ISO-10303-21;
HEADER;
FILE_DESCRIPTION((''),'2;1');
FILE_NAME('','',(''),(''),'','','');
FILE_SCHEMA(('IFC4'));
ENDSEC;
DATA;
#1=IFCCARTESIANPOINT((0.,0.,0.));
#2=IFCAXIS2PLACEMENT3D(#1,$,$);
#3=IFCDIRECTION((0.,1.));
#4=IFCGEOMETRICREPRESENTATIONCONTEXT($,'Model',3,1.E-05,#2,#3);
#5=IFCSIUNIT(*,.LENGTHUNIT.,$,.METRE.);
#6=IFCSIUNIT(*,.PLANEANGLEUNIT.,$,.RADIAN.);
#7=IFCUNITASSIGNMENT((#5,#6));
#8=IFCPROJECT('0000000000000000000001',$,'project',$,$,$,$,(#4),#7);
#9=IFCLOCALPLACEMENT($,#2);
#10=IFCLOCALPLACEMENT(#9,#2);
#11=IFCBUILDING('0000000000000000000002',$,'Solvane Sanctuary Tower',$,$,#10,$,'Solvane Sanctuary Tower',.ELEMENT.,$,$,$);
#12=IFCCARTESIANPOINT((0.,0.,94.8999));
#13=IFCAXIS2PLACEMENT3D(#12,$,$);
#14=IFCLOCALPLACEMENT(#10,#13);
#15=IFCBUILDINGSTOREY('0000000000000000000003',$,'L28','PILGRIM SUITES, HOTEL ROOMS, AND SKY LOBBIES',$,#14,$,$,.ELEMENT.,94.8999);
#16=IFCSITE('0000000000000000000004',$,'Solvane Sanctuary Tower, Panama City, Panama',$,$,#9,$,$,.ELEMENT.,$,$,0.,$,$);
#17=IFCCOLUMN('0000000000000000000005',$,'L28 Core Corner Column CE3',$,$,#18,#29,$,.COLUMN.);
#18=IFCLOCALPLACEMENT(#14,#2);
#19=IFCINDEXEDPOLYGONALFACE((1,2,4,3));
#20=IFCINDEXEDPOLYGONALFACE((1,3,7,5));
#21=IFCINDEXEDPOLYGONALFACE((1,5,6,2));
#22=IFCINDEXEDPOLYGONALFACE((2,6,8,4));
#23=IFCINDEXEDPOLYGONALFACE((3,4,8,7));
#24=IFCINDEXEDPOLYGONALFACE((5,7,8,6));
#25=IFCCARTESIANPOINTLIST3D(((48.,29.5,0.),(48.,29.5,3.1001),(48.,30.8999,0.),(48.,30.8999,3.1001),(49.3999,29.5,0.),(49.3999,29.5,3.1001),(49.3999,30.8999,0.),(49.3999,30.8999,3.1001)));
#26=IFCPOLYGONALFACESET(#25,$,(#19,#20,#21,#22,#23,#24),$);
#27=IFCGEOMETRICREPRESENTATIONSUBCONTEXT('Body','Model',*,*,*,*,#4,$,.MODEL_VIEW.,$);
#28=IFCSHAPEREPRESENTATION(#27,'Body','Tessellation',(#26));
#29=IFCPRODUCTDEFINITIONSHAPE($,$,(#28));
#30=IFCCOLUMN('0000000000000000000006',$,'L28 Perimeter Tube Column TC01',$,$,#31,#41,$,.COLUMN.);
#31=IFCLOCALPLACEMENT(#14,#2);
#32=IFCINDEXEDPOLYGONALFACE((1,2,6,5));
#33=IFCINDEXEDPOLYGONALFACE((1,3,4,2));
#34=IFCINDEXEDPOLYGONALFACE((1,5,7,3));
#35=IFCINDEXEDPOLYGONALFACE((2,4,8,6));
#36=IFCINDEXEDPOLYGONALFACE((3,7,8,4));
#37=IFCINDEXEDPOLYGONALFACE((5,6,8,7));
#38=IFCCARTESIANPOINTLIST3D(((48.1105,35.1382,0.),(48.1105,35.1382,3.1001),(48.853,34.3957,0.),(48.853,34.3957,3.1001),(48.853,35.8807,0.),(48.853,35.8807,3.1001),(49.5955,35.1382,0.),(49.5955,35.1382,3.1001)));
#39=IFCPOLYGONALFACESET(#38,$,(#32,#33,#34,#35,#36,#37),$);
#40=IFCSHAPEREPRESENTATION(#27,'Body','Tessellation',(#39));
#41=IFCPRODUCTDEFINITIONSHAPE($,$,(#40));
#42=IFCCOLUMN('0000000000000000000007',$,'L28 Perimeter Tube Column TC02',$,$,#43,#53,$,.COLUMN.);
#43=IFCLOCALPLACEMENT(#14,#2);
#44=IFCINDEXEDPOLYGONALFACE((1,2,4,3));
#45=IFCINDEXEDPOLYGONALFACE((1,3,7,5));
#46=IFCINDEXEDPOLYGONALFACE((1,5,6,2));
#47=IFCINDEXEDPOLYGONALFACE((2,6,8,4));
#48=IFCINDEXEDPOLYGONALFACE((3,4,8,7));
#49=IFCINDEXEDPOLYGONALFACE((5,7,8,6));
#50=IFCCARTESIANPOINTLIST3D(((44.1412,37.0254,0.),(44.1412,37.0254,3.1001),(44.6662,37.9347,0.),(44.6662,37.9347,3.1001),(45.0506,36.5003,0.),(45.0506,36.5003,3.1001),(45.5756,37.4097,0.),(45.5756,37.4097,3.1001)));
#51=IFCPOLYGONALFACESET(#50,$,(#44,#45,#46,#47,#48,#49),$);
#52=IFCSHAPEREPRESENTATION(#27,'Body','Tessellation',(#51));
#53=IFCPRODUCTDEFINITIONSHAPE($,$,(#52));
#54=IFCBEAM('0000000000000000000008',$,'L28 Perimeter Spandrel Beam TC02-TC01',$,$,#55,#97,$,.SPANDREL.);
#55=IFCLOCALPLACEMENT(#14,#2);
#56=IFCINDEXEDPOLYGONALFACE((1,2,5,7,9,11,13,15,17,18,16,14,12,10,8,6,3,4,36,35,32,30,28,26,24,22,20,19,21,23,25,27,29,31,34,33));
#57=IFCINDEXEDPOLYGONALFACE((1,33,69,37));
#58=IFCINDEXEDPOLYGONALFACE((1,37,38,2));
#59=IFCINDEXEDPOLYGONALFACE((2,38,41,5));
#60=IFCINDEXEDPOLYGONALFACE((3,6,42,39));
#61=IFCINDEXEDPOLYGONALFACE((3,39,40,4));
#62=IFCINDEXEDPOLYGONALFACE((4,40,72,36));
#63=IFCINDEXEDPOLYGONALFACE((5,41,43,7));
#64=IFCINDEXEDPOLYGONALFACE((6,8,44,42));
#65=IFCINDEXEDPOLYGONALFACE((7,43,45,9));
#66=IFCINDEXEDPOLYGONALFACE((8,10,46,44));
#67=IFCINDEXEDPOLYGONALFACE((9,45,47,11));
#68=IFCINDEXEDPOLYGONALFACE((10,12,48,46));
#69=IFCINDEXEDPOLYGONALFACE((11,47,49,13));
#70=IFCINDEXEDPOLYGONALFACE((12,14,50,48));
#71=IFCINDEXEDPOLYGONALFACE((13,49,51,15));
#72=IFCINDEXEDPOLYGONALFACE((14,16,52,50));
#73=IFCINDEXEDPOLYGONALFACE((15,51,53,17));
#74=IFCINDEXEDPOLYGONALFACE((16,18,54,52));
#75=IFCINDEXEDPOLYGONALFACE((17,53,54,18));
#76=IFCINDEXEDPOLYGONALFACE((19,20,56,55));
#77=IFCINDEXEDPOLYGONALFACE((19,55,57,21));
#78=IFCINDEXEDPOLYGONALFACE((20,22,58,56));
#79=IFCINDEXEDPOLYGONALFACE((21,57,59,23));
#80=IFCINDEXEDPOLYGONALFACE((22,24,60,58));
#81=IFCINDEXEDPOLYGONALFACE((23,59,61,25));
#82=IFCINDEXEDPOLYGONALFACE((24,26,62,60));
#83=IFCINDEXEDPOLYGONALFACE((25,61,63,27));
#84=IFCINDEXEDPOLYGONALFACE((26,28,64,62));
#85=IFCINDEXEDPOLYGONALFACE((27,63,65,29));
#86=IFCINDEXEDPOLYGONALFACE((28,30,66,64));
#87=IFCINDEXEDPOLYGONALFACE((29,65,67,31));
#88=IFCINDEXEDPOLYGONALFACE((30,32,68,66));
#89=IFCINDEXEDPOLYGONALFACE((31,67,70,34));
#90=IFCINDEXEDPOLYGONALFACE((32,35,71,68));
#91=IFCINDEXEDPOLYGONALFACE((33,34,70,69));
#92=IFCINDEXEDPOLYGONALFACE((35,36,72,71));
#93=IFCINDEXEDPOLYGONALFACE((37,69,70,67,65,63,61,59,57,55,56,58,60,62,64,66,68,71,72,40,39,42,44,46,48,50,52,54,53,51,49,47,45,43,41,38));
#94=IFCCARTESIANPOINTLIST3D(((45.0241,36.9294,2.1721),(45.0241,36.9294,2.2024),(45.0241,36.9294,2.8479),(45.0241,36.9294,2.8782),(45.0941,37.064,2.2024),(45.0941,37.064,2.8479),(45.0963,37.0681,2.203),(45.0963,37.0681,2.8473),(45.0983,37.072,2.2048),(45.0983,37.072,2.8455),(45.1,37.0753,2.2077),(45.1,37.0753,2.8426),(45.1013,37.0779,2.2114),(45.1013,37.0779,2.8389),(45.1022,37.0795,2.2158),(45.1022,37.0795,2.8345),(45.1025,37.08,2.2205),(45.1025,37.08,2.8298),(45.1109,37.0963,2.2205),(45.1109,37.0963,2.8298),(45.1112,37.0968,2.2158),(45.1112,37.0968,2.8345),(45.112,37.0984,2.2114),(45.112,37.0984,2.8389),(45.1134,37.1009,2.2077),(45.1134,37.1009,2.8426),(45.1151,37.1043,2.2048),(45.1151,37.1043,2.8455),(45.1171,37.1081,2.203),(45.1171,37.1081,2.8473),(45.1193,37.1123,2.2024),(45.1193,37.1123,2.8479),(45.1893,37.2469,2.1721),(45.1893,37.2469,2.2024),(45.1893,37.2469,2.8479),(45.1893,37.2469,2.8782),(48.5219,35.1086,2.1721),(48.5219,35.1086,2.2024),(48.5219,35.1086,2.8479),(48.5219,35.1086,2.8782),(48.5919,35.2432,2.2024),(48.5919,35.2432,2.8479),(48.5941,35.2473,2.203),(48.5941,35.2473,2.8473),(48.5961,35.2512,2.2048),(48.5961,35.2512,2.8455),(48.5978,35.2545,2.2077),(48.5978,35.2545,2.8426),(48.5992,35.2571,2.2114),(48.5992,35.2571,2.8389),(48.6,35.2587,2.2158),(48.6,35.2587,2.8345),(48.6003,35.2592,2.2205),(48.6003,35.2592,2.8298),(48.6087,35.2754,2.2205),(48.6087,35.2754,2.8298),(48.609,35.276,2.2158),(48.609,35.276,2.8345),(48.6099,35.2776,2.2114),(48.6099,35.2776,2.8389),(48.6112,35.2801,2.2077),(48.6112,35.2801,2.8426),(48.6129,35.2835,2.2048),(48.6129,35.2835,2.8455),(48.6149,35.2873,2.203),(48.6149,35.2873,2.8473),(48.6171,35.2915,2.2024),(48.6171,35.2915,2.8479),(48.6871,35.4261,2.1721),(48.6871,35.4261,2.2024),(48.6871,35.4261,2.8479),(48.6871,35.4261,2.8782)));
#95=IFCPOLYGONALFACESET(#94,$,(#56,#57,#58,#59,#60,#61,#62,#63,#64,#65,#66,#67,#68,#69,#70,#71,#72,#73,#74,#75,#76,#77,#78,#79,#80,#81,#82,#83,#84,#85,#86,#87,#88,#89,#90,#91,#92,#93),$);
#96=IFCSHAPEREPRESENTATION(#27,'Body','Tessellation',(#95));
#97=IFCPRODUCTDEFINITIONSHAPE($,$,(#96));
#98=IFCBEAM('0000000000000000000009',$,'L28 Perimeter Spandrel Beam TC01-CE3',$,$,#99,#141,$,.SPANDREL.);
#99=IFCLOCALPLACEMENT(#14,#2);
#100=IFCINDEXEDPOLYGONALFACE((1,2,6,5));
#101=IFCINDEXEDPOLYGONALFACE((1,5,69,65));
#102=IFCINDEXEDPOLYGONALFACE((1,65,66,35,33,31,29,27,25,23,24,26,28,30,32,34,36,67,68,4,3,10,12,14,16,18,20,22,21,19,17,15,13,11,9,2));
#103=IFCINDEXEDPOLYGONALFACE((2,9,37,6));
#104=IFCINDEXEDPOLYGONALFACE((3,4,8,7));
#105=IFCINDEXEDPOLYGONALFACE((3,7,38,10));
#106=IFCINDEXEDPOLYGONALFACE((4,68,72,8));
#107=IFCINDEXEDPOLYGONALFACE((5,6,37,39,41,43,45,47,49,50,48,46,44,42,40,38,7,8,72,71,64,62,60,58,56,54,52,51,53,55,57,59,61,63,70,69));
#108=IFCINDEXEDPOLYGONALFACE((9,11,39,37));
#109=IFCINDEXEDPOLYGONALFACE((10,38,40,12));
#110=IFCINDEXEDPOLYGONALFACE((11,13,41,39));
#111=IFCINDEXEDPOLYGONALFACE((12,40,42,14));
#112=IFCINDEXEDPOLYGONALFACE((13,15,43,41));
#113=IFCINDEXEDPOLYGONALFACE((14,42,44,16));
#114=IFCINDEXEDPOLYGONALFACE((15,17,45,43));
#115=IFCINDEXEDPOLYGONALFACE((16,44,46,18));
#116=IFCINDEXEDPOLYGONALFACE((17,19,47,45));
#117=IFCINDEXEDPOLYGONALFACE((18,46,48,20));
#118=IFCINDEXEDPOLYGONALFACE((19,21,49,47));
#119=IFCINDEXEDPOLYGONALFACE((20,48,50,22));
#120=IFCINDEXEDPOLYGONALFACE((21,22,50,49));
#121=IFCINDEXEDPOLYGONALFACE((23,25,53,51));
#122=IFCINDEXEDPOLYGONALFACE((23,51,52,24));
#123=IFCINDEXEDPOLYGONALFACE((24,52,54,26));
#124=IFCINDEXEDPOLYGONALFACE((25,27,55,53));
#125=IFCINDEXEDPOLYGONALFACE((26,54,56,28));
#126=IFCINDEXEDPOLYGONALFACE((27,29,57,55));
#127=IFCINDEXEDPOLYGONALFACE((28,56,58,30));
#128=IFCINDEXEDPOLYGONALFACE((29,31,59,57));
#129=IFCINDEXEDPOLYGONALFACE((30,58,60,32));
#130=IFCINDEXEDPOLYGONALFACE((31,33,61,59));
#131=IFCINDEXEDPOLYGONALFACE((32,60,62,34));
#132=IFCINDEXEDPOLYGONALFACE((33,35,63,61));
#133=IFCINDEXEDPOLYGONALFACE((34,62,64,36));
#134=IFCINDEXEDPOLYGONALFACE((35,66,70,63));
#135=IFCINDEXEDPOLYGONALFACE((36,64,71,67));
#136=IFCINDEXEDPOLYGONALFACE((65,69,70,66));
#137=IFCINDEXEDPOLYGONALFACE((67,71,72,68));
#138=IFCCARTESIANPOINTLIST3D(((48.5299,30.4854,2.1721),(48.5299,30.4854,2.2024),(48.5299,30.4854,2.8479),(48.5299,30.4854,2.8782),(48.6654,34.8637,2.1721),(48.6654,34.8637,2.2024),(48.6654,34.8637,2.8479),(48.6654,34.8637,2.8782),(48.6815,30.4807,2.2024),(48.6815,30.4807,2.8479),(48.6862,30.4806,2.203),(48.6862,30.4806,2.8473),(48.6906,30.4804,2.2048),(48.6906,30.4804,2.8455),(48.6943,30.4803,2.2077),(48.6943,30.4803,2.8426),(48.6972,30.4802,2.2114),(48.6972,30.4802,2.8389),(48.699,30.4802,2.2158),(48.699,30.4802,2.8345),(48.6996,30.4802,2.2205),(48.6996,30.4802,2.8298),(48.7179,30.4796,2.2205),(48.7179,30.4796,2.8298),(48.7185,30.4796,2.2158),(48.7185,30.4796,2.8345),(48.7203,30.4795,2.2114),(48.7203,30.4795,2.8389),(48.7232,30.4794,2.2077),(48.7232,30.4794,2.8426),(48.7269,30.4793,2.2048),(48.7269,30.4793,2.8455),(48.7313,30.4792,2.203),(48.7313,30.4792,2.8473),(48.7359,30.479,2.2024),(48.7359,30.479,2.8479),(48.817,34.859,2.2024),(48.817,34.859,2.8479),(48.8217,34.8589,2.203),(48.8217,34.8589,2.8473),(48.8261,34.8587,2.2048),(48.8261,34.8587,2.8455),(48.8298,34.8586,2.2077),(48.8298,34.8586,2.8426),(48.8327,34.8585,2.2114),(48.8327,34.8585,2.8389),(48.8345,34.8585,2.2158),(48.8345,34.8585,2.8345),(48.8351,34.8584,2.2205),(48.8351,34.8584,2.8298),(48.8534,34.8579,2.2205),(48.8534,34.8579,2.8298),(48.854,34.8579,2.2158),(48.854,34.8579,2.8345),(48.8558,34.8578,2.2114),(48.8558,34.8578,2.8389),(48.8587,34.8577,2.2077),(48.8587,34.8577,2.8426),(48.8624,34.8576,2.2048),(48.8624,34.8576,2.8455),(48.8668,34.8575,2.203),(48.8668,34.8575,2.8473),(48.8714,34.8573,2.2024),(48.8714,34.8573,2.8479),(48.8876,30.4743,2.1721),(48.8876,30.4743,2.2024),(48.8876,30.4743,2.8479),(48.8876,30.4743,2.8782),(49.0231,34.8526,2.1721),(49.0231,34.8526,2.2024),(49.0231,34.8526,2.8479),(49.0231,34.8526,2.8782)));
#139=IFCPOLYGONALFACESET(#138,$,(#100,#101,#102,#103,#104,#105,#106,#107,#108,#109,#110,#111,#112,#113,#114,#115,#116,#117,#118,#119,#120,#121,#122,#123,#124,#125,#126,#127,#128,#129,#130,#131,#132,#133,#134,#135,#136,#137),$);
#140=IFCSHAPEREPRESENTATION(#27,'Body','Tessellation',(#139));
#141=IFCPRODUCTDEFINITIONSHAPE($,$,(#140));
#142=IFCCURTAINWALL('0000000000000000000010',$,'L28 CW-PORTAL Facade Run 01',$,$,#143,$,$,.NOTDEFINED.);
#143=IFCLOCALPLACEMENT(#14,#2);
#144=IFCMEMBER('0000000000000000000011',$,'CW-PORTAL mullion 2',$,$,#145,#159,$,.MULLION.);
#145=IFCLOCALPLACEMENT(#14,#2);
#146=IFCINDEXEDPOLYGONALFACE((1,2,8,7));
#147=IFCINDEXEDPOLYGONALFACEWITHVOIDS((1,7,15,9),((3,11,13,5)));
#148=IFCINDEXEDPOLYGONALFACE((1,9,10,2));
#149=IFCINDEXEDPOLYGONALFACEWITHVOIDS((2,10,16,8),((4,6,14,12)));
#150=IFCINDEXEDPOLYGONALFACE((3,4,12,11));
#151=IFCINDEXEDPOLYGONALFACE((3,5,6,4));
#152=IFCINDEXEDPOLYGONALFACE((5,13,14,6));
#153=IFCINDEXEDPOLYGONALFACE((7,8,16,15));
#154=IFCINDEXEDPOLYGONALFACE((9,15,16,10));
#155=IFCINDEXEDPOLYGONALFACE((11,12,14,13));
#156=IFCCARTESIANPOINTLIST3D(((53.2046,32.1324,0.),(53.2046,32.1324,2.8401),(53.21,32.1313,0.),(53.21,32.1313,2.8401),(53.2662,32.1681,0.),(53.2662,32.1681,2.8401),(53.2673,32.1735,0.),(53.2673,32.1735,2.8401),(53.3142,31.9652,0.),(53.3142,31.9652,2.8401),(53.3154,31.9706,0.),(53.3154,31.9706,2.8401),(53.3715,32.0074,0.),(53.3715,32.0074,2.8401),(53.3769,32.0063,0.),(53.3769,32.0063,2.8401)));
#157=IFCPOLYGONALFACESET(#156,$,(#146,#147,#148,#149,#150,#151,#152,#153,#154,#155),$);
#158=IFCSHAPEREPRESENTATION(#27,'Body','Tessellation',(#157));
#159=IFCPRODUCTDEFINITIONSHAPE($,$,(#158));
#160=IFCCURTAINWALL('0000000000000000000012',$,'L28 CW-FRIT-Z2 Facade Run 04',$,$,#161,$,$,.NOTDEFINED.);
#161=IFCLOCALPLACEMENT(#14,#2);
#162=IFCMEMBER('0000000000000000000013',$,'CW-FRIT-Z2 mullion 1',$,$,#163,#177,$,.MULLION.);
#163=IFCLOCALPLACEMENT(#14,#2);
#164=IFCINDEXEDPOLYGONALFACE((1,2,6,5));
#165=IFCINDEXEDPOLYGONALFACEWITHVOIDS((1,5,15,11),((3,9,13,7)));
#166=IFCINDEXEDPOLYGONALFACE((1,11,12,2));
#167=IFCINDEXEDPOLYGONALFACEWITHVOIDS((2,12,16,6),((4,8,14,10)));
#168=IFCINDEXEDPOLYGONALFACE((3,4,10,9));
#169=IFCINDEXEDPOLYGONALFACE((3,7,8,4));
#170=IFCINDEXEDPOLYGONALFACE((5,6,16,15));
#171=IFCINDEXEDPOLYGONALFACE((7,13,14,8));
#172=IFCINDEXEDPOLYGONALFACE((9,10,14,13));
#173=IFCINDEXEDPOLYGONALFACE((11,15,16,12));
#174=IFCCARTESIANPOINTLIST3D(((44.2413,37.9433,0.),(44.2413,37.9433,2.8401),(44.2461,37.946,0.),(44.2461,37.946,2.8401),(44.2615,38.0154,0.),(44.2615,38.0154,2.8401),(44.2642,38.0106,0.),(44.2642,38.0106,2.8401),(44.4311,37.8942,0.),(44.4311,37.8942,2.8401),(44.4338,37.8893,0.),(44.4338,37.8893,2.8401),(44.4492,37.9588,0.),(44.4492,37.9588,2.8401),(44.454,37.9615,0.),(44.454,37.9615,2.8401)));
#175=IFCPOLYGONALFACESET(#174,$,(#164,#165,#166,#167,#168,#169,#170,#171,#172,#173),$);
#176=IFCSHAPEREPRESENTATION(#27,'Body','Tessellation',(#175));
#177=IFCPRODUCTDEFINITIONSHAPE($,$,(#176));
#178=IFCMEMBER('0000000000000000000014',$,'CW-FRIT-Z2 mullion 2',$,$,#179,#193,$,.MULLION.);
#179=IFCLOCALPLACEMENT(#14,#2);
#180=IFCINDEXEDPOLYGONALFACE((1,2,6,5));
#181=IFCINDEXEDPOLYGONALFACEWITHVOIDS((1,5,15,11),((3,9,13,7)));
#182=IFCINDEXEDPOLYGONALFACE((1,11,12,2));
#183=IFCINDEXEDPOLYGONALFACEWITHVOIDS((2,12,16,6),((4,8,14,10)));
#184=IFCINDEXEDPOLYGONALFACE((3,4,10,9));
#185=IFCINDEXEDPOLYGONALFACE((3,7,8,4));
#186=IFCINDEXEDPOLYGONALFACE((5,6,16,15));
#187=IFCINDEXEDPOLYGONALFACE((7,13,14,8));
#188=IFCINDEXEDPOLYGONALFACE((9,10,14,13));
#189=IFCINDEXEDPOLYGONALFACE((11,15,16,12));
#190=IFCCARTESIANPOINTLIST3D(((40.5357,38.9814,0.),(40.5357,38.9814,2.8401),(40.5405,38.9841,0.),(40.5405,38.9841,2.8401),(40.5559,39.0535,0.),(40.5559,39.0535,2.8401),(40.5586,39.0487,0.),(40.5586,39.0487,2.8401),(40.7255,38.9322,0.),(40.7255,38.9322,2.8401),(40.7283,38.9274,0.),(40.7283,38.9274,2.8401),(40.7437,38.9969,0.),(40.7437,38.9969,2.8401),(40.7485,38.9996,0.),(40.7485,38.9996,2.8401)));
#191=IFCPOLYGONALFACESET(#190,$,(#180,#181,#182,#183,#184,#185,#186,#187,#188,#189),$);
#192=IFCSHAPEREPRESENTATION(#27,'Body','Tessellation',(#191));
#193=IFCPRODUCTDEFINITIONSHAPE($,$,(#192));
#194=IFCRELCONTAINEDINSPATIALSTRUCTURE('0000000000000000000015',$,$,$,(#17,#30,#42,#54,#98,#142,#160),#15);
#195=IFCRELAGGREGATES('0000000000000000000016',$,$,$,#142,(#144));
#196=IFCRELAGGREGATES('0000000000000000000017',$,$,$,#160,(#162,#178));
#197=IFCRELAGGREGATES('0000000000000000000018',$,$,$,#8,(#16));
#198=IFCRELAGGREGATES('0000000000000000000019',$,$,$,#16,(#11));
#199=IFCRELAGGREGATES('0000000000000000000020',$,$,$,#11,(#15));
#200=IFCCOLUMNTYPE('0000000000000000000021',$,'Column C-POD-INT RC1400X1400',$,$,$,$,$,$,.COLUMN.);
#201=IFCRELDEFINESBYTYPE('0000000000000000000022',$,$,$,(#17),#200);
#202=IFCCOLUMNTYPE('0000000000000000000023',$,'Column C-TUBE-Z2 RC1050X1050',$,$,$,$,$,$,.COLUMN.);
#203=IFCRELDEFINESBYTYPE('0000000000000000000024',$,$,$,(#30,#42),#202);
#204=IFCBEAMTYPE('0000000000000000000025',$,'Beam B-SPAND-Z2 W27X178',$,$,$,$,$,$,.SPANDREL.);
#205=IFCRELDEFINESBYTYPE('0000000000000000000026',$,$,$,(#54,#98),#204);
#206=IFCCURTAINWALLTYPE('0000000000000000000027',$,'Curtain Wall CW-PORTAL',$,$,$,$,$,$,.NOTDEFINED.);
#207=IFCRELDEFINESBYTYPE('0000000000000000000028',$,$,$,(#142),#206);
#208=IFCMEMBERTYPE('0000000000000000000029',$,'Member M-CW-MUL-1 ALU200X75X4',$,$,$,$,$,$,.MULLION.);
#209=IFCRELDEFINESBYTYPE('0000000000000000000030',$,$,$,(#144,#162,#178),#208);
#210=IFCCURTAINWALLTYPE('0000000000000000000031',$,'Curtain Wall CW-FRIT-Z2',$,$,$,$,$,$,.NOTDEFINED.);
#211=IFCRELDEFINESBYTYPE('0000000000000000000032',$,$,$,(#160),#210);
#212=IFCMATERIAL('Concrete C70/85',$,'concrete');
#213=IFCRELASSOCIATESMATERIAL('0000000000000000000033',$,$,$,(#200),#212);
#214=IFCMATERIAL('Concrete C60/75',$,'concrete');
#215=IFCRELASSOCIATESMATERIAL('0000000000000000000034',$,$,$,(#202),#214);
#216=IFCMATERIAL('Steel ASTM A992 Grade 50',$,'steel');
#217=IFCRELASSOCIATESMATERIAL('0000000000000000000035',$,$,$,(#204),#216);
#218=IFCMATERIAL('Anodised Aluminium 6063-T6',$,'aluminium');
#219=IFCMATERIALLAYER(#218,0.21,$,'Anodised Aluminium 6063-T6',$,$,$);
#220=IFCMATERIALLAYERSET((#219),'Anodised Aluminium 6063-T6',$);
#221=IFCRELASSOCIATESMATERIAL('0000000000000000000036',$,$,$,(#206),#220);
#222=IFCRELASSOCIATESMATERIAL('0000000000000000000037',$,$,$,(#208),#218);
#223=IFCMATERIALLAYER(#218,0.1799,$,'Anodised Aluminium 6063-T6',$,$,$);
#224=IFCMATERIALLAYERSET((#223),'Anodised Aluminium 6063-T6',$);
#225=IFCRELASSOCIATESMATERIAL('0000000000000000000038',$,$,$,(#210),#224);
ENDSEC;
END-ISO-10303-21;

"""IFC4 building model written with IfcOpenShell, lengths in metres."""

from ifc_helpers import new_model, si_unit, direction, frame, origin, origin_2d, place, context, subcontext, project, spatial, rectangle, hollow_rectangle, i_section, extrude, material, layer, layer_set, material_profile, profile_set, type_object, element, aggregate, save


model = new_model("IFC4")

# Units and contexts
model_context = context("Model", 3, precision=1e-05, world=origin(), true_north=direction((0.0, 1.0)))
body_context = subcontext(model_context, "Body", "Model", "MODEL_VIEW")
ifc_project = project(units=[si_unit("LENGTHUNIT", "METRE"), si_unit("PLANEANGLEUNIT", "RADIAN")], contexts=[model_context])

# Site, building, storey
site_placement = place(None, origin())
site = spatial("IfcSite", under=ifc_project, at=site_placement, Name="Solvane Sanctuary Tower, Panama City, Panama", CompositionType="ELEMENT", RefElevation=0.0)
building_placement = place(site_placement, origin())
building = spatial("IfcBuilding", under=site, at=building_placement, Name="Solvane Sanctuary Tower", LongName="Solvane Sanctuary Tower", CompositionType="ELEMENT")
storey_placement = place(building_placement, frame((0.0, 0.0, 94.8999)))
storey = spatial("IfcBuildingStorey", under=building, at=storey_placement, Name="L28", Description="PILGRIM SUITES, HOTEL ROOMS, AND SKY LOBBIES", CompositionType="ELEMENT", Elevation=94.8999)

# Columns
ifc_material_1 = material(Name="Concrete C70/85", Category="concrete")
ifc_material_profile_1 = material_profile(ifc_material_1, rectangle(XDim=1.3999, YDim=1.3999, at=origin_2d()), Name="RC1400X1400")
ifc_profile_set_1 = profile_set([ifc_material_profile_1], Name="Concrete C70/85")
column_type_1 = type_object("IfcColumnType", Name="Column C-POD-INT RC1400X1400", PredefinedType="COLUMN", material=ifc_profile_set_1)
column_placement = place(storey_placement, frame((48.7, 30.2, 0.0), z_axis=(0.0, 0.0, 1.0), x_axis=(1.0, 0.0, 0.0)))
element("IfcColumn", 1, at=column_placement, inside=storey, type_object=column_type_1, Name="L28 Core Corner Column CE3", PredefinedType="COLUMN", context=body_context, shape_type="SweptSolid", body=[
    extrude(rectangle(XDim=1.3999, YDim=1.3999, at=origin_2d()), origin(), (0.0, 0.0, 1.0), 3.1001),
])
ifc_material_2 = material(Name="Concrete C60/75", Category="concrete")
ifc_material_profile_2 = material_profile(ifc_material_2, rectangle(XDim=1.05, YDim=1.05, at=origin_2d()), Name="RC1050X1050")
ifc_profile_set_2 = profile_set([ifc_material_profile_2], Name="Concrete C60/75")
column_type_2 = type_object("IfcColumnType", Name="Column C-TUBE-Z2 RC1050X1050", PredefinedType="COLUMN", material=ifc_profile_set_2)
for number, where, z_axis, x_axis, name in (
    (2, (48.853, 35.1382, 0.0), (0.0, 0.0, 1.0), (0.707107, 0.707107, 0.0), "L28 Perimeter Tube Column TC01"),
    (3, (44.8584, 37.2175, 0.0), (0.0, 0.0, 1.0), (0.5, 0.866025, 0.0), "L28 Perimeter Tube Column TC02"),
):
    element("IfcColumn", number, at=place(storey_placement, frame(where, z_axis=z_axis, x_axis=x_axis)), inside=storey, type_object=column_type_2, Name=name, PredefinedType="COLUMN", context=body_context, shape_type="SweptSolid", body=[
        extrude(rectangle(XDim=1.05, YDim=1.05, at=origin_2d()), origin(), (0.0, 0.0, 1.0), 3.1001),
    ])

# Beams
ifc_material_3 = material(Name="Steel ASTM A992 Grade 50", Category="steel")
ifc_material_profile_3 = material_profile(ifc_material_3, i_section(OverallWidth=0.3579, OverallDepth=0.7061, WebThickness=0.0183, FlangeThickness=0.0303, FilletRadius=0.0181, at=origin_2d()), Name="W27X178")
ifc_profile_set_3 = profile_set([ifc_material_profile_3], Name="Steel ASTM A992 Grade 50")
beam_type = type_object("IfcBeamType", Name="Beam B-SPAND-Z2 W27X178", PredefinedType="SPANDREL", material=ifc_profile_set_3)
beam_1_placement = place(storey_placement, frame((45.1067, 37.0881, 2.5251), z_axis=(0.887015, -0.461741, 0.0), x_axis=(0.461741, 0.887015, 0.0)))
element("IfcBeam", 4, at=beam_1_placement, inside=storey, type_object=beam_type, Name="L28 Perimeter Spandrel Beam TC02-TC01", PredefinedType="SPANDREL", context=body_context, shape_type="SweptSolid", body=[
    extrude(i_section(OverallWidth=0.3579, OverallDepth=0.7061, WebThickness=0.0183, FlangeThickness=0.0303, FilletRadius=0.0181, at=origin_2d()), origin(), (0.0, 0.0, 1.0), 3.9434),
])
beam_2_placement = place(storey_placement, frame((48.8442, 34.8582, 2.5251), z_axis=(-0.030934, -0.999521, 0.0), x_axis=(0.999521, -0.030934, 0.0)))
element("IfcBeam", 5, at=beam_2_placement, inside=storey, type_object=beam_type, Name="L28 Perimeter Spandrel Beam TC01-CE3", PredefinedType="SPANDREL", context=body_context, shape_type="SweptSolid", body=[
    extrude(i_section(OverallWidth=0.3579, OverallDepth=0.7061, WebThickness=0.0183, FlangeThickness=0.0303, FilletRadius=0.0181, at=origin_2d()), origin(), (0.0, 0.0, 1.0), 4.3804),
])

# Curtain wall, member
ifc_material_4 = material(Name="Anodised Aluminium 6063-T6", Category="aluminium")
ifc_layer_1 = layer(ifc_material_4, 0.21, Name="Anodised Aluminium 6063-T6")
ifc_layer_set_1 = layer_set([ifc_layer_1], Name="Anodised Aluminium 6063-T6")
curtain_wall_type_1 = type_object("IfcCurtainWallType", Name="Curtain Wall CW-PORTAL", PredefinedType="NOTDEFINED", material=ifc_layer_set_1)
curtain_wall_1_placement = place(storey_placement, origin())
curtain_wall_1 = element("IfcCurtainWall", 6, at=curtain_wall_1_placement, inside=storey, type_object=curtain_wall_type_1, Name="L28 CW-PORTAL Facade Run 01", PredefinedType="NOTDEFINED")
ifc_material_profile_4 = material_profile(ifc_material_4, hollow_rectangle(XDim=0.075, YDim=0.2, WallThickness=0.0039, at=origin_2d()), Name="ALU200X75X4")
ifc_profile_set_4 = profile_set([ifc_material_profile_4], Name="Anodised Aluminium 6063-T6")
member_type_1 = type_object("IfcMemberType", Name="Member M-CW-MUL-1 ALU200X75X4", PredefinedType="MULLION", material=ifc_profile_set_4)
member_1_placement = place(storey_placement, frame((53.2908, 32.0693, 0.0), z_axis=(0.0, 0.0, 1.0), x_axis=(-0.836298, -0.548276, 0.0)))
member_1 = element("IfcMember", 7, at=member_1_placement, type_object=member_type_1, Name="CW-PORTAL mullion 2", PredefinedType="MULLION", context=body_context, shape_type="SweptSolid", body=[
    extrude(hollow_rectangle(XDim=0.075, YDim=0.2, WallThickness=0.0039, at=origin_2d()), origin(), (0.0, 0.0, 1.0), 2.8401),
])

# Curtain wall, members
ifc_layer_2 = layer(ifc_material_4, 0.1799, Name="Anodised Aluminium 6063-T6")
ifc_layer_set_2 = layer_set([ifc_layer_2], Name="Anodised Aluminium 6063-T6")
curtain_wall_type_2 = type_object("IfcCurtainWallType", Name="Curtain Wall CW-FRIT-Z2", PredefinedType="NOTDEFINED", material=ifc_layer_set_2)
curtain_wall_2_placement = place(storey_placement, origin())
curtain_wall_2 = element("IfcCurtainWall", 8, at=curtain_wall_2_placement, inside=storey, type_object=curtain_wall_type_2, Name="L28 CW-FRIT-Z2 Facade Run 04", PredefinedType="NOTDEFINED")
member_2_placement = place(storey_placement, frame((44.3477, 37.9524, 0.0), z_axis=(0.0, 0.0, 1.0), x_axis=(-0.269705, -0.962943, 0.0)))
member_2 = element("IfcMember", 9, at=member_2_placement, type_object=member_type_1, Name="CW-FRIT-Z2 mullion 1", PredefinedType="MULLION", context=body_context, shape_type="SweptSolid", body=[
    extrude(hollow_rectangle(XDim=0.075, YDim=0.2, WallThickness=0.0039, at=origin_2d()), origin(), (0.0, 0.0, 1.0), 2.8401),
])
member_3_placement = place(storey_placement, frame((40.6421, 38.9905, 0.0), z_axis=(0.0, 0.0, 1.0), x_axis=(-0.269705, -0.962943, 0.0)))
member_3 = element("IfcMember", 10, at=member_3_placement, type_object=member_type_1, Name="CW-FRIT-Z2 mullion 2", PredefinedType="MULLION", context=body_context, shape_type="SweptSolid", body=[
    extrude(hollow_rectangle(XDim=0.075, YDim=0.2, WallThickness=0.0039, at=origin_2d()), origin(), (0.0, 0.0, 1.0), 2.8401),
])

aggregate(curtain_wall_1, [member_1])
aggregate(curtain_wall_2, [member_2, member_3])

save(model, "model.ifc")
